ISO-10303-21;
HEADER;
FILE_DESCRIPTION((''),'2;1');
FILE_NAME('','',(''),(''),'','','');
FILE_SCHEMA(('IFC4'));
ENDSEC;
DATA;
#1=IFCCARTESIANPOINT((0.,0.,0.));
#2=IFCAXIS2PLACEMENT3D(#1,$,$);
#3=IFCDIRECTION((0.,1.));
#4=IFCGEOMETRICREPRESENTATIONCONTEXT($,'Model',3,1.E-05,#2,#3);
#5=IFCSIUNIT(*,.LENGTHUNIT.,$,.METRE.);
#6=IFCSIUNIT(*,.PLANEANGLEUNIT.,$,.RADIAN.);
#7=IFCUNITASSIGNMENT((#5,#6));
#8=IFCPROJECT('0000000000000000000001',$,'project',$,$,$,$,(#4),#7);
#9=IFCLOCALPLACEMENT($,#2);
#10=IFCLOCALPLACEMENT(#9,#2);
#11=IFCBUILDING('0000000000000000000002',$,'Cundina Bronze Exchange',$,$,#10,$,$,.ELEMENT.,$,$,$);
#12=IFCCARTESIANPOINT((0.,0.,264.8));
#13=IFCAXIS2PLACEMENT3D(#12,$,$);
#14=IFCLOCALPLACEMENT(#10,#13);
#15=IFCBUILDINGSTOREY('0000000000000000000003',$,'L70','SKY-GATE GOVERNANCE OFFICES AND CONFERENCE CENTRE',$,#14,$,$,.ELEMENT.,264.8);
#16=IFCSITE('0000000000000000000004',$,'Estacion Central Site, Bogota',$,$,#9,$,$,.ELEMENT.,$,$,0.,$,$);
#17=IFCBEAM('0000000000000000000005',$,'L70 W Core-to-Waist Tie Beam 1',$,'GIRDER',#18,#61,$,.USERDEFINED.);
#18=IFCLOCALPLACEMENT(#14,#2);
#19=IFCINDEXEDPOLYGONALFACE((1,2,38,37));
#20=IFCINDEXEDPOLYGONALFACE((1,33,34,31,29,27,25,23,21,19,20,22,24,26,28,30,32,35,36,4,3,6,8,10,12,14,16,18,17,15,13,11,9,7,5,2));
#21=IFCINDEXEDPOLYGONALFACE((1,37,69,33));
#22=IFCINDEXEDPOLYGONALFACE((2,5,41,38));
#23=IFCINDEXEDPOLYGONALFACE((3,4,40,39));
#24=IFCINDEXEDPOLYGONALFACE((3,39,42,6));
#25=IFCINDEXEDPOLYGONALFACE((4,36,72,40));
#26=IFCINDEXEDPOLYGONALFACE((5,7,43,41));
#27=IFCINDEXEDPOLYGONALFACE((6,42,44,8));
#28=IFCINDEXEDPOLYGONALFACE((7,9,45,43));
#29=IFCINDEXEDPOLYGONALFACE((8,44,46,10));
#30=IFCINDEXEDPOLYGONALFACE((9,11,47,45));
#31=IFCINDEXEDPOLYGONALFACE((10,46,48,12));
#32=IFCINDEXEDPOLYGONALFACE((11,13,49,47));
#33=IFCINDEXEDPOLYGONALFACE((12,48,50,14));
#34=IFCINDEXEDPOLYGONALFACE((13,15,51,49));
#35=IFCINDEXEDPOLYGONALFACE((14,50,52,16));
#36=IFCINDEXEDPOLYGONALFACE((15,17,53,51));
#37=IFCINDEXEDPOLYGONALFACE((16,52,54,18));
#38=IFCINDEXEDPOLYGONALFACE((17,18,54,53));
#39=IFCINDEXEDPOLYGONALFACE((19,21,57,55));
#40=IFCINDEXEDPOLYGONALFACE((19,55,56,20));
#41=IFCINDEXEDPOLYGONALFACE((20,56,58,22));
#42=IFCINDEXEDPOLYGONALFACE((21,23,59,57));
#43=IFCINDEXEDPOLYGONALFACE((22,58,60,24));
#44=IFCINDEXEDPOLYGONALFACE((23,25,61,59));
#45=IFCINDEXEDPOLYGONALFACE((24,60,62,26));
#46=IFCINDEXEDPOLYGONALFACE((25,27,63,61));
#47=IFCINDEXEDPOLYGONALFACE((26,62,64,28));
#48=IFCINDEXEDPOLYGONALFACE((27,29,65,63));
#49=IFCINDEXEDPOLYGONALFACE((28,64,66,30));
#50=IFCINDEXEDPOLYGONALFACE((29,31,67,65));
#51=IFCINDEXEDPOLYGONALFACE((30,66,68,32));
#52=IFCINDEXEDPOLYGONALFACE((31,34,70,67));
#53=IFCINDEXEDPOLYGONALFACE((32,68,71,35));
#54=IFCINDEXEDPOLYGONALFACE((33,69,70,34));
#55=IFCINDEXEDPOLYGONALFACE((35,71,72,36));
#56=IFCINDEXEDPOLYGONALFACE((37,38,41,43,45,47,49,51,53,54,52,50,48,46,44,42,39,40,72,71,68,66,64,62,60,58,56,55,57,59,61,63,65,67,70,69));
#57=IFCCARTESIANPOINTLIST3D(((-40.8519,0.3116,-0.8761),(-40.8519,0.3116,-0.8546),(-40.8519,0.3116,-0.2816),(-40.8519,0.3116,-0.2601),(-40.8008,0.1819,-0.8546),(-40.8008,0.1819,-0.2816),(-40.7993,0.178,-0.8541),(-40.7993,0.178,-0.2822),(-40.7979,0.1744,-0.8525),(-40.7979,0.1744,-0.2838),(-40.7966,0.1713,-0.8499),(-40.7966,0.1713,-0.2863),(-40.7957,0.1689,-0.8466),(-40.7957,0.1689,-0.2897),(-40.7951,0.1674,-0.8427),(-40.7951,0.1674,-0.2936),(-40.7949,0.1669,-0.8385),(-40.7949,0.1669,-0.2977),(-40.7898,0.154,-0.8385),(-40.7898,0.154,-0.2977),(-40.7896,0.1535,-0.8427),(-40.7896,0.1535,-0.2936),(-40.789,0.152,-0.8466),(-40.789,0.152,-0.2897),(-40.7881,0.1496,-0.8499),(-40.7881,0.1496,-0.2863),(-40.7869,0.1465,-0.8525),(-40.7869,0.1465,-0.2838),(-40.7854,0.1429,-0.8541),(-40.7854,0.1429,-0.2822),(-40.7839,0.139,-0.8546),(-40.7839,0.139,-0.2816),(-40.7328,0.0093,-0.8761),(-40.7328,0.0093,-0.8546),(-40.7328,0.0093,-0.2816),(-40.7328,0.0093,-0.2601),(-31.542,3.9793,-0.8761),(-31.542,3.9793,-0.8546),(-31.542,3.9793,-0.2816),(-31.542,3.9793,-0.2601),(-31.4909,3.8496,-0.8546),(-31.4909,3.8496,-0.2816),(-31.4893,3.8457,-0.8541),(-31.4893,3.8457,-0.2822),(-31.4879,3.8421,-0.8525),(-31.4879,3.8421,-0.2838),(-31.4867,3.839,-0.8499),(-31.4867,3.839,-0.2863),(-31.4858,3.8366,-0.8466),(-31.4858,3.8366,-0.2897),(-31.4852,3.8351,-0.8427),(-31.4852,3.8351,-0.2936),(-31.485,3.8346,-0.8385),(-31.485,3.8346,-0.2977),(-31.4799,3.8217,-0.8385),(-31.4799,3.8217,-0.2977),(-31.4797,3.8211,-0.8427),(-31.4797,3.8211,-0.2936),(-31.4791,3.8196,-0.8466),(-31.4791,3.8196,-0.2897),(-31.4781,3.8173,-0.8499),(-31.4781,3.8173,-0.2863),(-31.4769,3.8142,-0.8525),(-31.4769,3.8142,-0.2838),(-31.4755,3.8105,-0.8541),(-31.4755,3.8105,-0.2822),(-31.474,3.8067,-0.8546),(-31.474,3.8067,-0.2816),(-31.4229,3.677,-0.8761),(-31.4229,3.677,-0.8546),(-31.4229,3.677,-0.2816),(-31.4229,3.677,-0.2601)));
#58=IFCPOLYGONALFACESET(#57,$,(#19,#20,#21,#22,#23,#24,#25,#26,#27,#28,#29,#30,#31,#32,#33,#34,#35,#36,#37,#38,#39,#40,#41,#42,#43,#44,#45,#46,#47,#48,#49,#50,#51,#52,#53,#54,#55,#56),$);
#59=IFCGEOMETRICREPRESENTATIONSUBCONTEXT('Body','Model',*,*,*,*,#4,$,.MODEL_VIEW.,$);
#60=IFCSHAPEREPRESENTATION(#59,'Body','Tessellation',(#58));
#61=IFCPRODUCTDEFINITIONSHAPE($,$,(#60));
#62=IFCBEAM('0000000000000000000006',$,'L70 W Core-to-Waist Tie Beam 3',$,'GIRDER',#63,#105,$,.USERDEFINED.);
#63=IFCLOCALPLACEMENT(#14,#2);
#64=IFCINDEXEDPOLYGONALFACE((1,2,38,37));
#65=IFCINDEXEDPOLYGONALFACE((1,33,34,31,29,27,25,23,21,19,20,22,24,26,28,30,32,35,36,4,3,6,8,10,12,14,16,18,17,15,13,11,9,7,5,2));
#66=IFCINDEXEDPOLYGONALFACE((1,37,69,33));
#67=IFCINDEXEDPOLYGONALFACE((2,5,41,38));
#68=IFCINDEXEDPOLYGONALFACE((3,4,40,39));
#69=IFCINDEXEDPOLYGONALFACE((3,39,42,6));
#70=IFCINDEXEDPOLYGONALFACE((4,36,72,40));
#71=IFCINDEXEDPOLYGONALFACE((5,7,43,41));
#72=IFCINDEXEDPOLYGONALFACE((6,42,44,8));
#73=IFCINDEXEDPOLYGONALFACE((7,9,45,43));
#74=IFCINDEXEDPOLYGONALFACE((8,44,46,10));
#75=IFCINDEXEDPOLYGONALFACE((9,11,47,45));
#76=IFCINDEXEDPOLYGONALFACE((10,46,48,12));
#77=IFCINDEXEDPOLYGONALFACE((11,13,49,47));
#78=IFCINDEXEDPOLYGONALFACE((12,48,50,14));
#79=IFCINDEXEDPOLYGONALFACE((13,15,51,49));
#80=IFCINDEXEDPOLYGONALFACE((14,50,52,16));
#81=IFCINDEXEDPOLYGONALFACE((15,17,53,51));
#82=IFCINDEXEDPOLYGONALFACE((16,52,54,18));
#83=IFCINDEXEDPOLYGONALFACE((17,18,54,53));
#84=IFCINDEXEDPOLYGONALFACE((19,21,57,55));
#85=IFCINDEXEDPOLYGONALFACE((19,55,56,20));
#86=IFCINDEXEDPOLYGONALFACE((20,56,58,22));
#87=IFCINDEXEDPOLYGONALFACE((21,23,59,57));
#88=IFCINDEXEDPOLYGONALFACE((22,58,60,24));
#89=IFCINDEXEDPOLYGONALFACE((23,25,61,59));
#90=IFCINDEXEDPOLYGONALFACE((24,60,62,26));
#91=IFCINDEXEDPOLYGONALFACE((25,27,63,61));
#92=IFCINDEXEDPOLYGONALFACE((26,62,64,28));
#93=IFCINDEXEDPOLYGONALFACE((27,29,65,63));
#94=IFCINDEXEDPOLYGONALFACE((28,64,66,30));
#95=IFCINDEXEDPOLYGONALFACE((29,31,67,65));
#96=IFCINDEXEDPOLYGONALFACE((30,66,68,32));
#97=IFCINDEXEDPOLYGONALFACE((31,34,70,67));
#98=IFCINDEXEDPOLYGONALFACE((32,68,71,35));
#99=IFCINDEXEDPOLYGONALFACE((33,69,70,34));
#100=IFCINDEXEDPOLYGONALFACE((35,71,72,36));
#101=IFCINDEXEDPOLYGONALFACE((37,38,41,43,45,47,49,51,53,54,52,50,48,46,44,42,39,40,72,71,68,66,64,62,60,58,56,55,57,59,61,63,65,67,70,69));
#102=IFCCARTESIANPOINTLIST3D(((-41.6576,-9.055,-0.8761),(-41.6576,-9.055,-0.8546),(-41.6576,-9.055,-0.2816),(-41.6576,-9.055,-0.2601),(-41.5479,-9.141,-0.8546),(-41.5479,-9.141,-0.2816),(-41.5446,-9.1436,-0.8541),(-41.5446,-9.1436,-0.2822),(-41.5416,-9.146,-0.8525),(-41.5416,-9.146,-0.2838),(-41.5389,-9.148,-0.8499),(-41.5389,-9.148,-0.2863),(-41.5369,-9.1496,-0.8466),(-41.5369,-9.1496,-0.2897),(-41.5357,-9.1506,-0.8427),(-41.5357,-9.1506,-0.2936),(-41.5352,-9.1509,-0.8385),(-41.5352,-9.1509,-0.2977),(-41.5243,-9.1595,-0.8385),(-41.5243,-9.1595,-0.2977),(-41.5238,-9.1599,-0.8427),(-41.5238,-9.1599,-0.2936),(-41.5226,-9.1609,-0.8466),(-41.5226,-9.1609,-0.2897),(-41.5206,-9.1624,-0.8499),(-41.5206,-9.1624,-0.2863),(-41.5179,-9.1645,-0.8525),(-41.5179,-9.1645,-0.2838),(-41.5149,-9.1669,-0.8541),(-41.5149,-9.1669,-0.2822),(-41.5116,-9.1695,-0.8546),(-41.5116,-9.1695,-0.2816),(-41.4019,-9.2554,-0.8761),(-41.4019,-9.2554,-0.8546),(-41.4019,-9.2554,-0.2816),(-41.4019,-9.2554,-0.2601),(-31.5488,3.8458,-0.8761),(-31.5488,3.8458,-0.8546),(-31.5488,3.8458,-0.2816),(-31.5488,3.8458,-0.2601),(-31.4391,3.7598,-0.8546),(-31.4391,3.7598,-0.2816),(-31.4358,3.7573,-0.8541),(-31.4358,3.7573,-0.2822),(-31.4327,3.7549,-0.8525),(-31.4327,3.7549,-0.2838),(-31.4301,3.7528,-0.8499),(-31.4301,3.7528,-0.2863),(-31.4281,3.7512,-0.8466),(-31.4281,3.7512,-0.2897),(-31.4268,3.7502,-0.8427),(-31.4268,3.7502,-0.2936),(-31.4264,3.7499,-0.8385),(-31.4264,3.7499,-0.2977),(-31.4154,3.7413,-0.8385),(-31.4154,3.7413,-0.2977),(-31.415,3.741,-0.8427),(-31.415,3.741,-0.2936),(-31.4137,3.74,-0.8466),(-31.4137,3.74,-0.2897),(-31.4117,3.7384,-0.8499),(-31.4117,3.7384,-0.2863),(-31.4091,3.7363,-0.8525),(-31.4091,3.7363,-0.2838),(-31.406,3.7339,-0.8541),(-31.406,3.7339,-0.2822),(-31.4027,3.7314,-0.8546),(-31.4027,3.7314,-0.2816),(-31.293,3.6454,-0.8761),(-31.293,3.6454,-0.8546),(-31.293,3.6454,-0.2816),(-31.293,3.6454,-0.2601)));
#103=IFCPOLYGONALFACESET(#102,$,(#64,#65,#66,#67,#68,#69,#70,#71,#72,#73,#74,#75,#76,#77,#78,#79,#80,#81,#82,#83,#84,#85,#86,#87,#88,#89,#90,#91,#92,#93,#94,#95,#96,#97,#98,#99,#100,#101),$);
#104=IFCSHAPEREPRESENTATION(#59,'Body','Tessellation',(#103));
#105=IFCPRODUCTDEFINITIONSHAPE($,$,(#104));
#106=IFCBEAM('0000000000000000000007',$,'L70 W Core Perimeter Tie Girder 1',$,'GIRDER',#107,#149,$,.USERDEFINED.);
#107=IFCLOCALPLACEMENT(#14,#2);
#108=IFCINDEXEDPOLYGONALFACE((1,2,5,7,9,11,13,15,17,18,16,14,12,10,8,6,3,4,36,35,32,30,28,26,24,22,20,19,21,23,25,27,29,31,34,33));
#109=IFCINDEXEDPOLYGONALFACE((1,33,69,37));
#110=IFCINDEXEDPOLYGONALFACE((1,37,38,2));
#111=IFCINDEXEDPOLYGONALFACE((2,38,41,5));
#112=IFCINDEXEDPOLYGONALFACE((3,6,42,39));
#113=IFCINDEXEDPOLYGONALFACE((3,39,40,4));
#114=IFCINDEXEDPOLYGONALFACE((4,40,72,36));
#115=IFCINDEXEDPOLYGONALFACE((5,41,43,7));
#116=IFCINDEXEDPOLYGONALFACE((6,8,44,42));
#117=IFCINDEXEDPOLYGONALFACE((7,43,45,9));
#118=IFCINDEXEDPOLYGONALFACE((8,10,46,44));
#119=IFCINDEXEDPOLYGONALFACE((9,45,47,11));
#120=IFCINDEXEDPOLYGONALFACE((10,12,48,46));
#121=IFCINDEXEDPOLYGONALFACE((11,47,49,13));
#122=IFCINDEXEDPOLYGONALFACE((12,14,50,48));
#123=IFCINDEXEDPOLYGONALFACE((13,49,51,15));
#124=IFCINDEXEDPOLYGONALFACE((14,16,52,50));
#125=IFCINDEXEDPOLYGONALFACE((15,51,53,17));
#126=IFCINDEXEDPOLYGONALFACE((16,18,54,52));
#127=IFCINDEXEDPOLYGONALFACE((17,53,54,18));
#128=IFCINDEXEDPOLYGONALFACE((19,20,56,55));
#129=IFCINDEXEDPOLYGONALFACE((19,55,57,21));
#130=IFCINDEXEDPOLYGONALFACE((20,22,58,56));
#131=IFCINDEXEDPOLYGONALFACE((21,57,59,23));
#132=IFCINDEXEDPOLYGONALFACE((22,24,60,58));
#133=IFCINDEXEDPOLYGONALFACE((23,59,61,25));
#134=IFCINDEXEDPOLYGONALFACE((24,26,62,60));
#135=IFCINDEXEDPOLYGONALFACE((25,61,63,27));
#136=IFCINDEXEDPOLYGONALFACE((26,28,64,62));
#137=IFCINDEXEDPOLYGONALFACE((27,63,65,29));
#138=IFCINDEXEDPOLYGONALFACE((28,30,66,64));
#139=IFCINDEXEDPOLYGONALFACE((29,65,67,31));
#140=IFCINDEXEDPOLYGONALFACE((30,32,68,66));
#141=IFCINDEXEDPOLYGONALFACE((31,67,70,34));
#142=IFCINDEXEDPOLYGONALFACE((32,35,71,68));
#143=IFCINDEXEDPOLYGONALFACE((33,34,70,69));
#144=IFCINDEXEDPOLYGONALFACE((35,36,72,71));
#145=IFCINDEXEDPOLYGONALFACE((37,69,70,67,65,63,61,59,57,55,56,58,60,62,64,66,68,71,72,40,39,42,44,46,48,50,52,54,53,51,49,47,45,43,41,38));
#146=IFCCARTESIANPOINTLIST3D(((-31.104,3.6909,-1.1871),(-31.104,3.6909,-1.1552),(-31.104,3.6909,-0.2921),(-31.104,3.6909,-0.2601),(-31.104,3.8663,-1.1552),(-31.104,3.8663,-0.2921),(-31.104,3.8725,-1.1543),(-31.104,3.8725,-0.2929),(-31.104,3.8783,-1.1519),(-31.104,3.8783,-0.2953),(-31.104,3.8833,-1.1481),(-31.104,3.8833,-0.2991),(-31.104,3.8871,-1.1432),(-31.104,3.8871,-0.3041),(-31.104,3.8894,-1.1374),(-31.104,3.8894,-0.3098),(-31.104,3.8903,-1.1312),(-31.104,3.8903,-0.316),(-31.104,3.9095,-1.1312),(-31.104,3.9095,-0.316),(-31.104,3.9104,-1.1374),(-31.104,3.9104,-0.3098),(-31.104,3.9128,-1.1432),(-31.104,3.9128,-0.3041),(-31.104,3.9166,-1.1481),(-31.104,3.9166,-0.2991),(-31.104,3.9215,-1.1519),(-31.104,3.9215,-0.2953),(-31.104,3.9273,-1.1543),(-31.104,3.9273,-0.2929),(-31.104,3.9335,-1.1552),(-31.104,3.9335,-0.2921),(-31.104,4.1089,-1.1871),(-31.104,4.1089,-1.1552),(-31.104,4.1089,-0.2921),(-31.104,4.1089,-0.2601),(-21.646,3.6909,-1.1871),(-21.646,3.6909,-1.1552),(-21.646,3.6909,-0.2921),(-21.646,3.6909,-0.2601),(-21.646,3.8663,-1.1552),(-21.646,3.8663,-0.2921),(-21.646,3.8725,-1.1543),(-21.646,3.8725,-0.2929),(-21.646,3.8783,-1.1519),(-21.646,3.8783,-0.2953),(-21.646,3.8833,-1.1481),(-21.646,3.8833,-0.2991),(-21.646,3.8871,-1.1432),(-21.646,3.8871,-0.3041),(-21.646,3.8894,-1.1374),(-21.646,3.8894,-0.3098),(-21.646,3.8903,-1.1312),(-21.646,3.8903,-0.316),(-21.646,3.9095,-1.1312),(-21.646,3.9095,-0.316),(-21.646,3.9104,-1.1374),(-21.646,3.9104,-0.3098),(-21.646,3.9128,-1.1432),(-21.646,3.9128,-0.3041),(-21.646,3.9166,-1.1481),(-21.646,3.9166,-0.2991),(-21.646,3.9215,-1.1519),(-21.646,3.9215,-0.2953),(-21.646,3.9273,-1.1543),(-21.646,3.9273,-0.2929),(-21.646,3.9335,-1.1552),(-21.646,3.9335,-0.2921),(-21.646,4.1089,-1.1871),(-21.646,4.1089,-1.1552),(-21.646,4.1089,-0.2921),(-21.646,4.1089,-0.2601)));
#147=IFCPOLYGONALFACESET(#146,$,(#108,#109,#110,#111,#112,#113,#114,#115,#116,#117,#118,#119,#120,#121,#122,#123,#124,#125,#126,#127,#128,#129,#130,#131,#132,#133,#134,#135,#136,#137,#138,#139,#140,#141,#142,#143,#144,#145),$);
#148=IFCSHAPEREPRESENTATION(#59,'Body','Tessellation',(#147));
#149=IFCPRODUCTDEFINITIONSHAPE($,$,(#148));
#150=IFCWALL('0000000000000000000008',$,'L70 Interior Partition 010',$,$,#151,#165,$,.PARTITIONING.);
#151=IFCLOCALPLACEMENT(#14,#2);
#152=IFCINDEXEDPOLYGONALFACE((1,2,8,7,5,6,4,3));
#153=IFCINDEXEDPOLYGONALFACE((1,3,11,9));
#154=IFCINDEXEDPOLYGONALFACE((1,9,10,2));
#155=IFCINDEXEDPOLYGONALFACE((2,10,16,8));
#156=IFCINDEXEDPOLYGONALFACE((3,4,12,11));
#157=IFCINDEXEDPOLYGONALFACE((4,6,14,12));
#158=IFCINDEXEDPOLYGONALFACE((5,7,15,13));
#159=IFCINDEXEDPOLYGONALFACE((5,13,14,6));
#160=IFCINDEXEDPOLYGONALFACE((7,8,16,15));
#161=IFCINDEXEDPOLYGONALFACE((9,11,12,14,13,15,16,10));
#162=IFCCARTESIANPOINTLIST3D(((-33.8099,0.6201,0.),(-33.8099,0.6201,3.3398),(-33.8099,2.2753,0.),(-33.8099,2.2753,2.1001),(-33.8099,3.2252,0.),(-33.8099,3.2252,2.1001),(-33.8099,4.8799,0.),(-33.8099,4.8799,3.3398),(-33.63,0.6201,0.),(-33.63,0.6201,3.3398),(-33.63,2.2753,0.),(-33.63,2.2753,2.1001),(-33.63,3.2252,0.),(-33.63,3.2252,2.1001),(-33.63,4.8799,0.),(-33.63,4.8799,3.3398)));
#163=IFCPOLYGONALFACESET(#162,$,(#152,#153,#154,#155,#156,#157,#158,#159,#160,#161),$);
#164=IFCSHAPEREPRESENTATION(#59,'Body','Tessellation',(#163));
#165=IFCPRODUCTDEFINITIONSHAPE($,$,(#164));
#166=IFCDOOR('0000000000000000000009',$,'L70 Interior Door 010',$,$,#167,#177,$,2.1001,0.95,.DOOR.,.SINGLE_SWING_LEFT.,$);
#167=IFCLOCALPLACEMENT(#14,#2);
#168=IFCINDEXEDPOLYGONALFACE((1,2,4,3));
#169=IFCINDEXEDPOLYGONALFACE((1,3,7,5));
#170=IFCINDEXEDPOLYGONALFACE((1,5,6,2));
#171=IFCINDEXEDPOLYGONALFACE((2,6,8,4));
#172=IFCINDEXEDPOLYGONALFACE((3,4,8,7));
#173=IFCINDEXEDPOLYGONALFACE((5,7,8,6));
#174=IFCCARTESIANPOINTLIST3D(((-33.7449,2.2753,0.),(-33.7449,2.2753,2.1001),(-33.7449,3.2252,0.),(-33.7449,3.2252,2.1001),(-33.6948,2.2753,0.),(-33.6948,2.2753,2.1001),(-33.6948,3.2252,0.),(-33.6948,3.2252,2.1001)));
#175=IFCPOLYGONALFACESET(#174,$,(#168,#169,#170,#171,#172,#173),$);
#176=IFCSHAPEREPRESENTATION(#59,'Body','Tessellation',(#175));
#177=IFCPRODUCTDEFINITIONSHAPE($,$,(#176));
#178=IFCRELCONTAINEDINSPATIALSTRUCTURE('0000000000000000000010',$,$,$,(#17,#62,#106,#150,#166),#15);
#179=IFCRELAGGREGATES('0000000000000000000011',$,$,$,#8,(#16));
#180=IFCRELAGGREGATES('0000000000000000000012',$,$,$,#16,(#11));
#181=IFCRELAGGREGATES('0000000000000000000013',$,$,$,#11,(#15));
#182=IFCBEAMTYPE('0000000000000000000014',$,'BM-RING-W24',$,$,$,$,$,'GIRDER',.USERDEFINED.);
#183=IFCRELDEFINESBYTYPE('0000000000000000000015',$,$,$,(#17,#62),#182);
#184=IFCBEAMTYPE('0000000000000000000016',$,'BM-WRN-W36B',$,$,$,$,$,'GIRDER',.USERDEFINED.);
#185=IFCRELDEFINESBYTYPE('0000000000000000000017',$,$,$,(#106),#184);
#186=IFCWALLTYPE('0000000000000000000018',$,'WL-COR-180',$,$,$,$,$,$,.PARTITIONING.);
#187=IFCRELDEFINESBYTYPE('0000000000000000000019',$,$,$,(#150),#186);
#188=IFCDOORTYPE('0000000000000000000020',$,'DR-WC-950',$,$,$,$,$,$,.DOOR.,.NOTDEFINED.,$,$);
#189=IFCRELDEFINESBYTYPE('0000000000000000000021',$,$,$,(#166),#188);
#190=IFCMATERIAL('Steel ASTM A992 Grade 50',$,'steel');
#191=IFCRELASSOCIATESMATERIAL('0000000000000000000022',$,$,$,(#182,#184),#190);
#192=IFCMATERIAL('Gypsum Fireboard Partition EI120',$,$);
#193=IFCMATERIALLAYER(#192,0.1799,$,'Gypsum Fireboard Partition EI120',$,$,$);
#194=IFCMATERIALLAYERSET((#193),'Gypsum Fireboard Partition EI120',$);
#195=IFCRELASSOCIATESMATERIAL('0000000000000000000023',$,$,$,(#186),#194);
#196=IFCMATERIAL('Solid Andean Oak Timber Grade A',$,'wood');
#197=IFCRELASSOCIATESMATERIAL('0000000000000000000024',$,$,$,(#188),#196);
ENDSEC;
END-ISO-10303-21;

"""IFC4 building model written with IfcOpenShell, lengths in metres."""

from ifc_helpers import new_model, si_unit, direction, frame, frame_2d, origin, origin_2d, place, context, subcontext, project, spatial, rectangle, i_section, extrude, material, layer, layer_set, material_profile, profile_set, type_object, element, fill, save


model = new_model("IFC4")

# Units and contexts
model_context = context("Model", 3, precision=1e-05, world=origin(), true_north=direction((0.0, 1.0)))
body_context = subcontext(model_context, "Body", "Model", "MODEL_VIEW")
ifc_project = project(units=[si_unit("LENGTHUNIT", "METRE"), si_unit("PLANEANGLEUNIT", "RADIAN")], contexts=[model_context])

# Site, building, storey
site_placement = place(None, origin())
site = spatial("IfcSite", under=ifc_project, at=site_placement, Name="Estacion Central Site, Bogota", CompositionType="ELEMENT", RefElevation=0.0)
building_placement = place(site_placement, origin())
building = spatial("IfcBuilding", under=site, at=building_placement, Name="Cundina Bronze Exchange", CompositionType="ELEMENT")
storey_placement = place(building_placement, frame((0.0, 0.0, 264.8)))
storey = spatial("IfcBuildingStorey", under=building, at=storey_placement, Name="L70", Description="SKY-GATE GOVERNANCE OFFICES AND CONFERENCE CENTRE", CompositionType="ELEMENT", Elevation=264.8)

# Shared definitions
ifc_material_1 = material(Name="Steel ASTM A992 Grade 50", Category="steel")

# Beams
ifc_material_profile_1 = material_profile(ifc_material_1, i_section(OverallWidth=0.325, OverallDepth=0.616, WebThickness=0.0139, FlangeThickness=0.0215, FilletRadius=0.0161, at=origin_2d()), Name="W24X117", Category="steel")
ifc_profile_set_1 = profile_set([ifc_material_profile_1], Name="Steel ASTM A992 Grade 50")
beam_type_1 = type_object("IfcBeamType", Name="BM-RING-W24", ElementType="GIRDER", PredefinedType="USERDEFINED", material=ifc_profile_set_1)
beam_1_placement = place(storey_placement, frame((-31.4824, 3.8281, -0.5681), z_axis=(-0.930404, -0.366535, 0.0), x_axis=(0.366535, -0.930404, 0.0)))
element("IfcBeam", 1, at=beam_1_placement, inside=storey, type_object=beam_type_1, Name="L70 W Core-to-Waist Tie Beam 1", ObjectType="GIRDER", PredefinedType="USERDEFINED", context=body_context, shape_type="SweptSolid", body=[
    extrude(i_section(OverallWidth=0.325, OverallDepth=0.616, WebThickness=0.0139, FlangeThickness=0.0215, FilletRadius=0.0161, at=origin_2d()), origin(), (0.0, 0.0, 1.0), 10.0063),
])
beam_2_placement = place(storey_placement, frame((-31.4209, 3.7456, -0.5681), z_axis=(-0.616783, -0.787133, 0.0), x_axis=(0.787133, -0.616783, 0.0)))
element("IfcBeam", 2, at=beam_2_placement, inside=storey, type_object=beam_type_1, Name="L70 W Core-to-Waist Tie Beam 3", ObjectType="GIRDER", PredefinedType="USERDEFINED", context=body_context, shape_type="SweptSolid", body=[
    extrude(i_section(OverallWidth=0.325, OverallDepth=0.616, WebThickness=0.0139, FlangeThickness=0.0215, FilletRadius=0.0161, at=origin_2d()), origin(), (0.0, 0.0, 1.0), 16.3896),
])
ifc_material_profile_2 = material_profile(ifc_material_1, i_section(OverallWidth=0.418, OverallDepth=0.927, WebThickness=0.0193, FlangeThickness=0.032, FilletRadius=0.0239, at=origin_2d()), Name="W36X231", Category="steel")
ifc_profile_set_2 = profile_set([ifc_material_profile_2], Name="Steel ASTM A992 Grade 50")
beam_type_2 = type_object("IfcBeamType", Name="BM-WRN-W36B", ElementType="GIRDER", PredefinedType="USERDEFINED", material=ifc_profile_set_2)
beam_3_placement = place(storey_placement, frame((-31.104, 3.8999, -0.7236), z_axis=(1.0, 0.0, 0.0), x_axis=(0.0, 1.0, 0.0)))
element("IfcBeam", 3, at=beam_3_placement, inside=storey, type_object=beam_type_2, Name="L70 W Core Perimeter Tie Girder 1", ObjectType="GIRDER", PredefinedType="USERDEFINED", context=body_context, shape_type="SweptSolid", body=[
    extrude(i_section(OverallWidth=0.418, OverallDepth=0.927, WebThickness=0.0193, FlangeThickness=0.032, FilletRadius=0.0239, at=origin_2d()), origin(), (0.0, 0.0, 1.0), 9.458),
])

# Wall, opening, door
ifc_material_2 = material(Name="Gypsum Fireboard Partition EI120")
ifc_layer_1 = layer(ifc_material_2, 0.1799, Name="Gypsum Fireboard Partition EI120")
ifc_layer_set_1 = layer_set([ifc_layer_1], Name="Gypsum Fireboard Partition EI120")
wall_type_1 = type_object("IfcWallType", Name="WL-COR-180", PredefinedType="PARTITIONING", material=ifc_layer_set_1)
wall_1_placement = place(storey_placement, frame((-33.72, 0.6201, 0.0), z_axis=(0.0, 0.0, 1.0), x_axis=(0.0, 1.0, 0.0)))
wall_1 = element("IfcWall", 4, at=wall_1_placement, inside=storey, type_object=wall_type_1, Name="L70 Interior Partition 010", PredefinedType="PARTITIONING", context=body_context, shape_type="SweptSolid", body=[
    extrude(rectangle(XDim=4.2598, YDim=0.1799, at=frame_2d((2.1299, 0.0))), origin(), (0.0, 0.0, 1.0), 3.3398),
])
opening_1_placement = place(wall_1_placement, frame((1.655, 0.0, 0.0)))
opening_1 = element("IfcOpeningElement", 5, at=opening_1_placement, cuts=wall_1, PredefinedType="OPENING", context=body_context, shape_type="SweptSolid", body=[
    extrude(rectangle(XDim=0.95, YDim=2.1001, at=frame_2d((0.4751, 1.05))), frame((0.0, 0.0999, 0.0), z_axis=(0.0, -1.0, 0.0), x_axis=(1.0, 0.0, 0.0)), (0.0, 0.0, 1.0), 0.2),
])
ifc_material_3 = material(Name="Solid Andean Oak Timber Grade A", Category="wood")
door_type_1 = type_object("IfcDoorType", Name="DR-WC-950", OperationType="NOTDEFINED", PredefinedType="DOOR", material=ifc_material_3)
door_1_placement = place(opening_1_placement, origin())
door_1 = element("IfcDoor", 6, at=door_1_placement, inside=storey, type_object=door_type_1, Name="L70 Interior Door 010", OperationType="SINGLE_SWING_LEFT", OverallHeight=2.1001, OverallWidth=0.95, PredefinedType="DOOR", context=body_context, shape_type="SweptSolid", body=[
    extrude(rectangle(XDim=0.95, YDim=2.1001, at=frame_2d((0.4751, 1.05))), frame((0.0, 0.0249, 0.0), z_axis=(0.0, -1.0, 0.0), x_axis=(1.0, 0.0, 0.0)), (0.0, 0.0, 1.0), 0.05),
])
fill(opening_1, door_1)

save(model, "model.ifc")
